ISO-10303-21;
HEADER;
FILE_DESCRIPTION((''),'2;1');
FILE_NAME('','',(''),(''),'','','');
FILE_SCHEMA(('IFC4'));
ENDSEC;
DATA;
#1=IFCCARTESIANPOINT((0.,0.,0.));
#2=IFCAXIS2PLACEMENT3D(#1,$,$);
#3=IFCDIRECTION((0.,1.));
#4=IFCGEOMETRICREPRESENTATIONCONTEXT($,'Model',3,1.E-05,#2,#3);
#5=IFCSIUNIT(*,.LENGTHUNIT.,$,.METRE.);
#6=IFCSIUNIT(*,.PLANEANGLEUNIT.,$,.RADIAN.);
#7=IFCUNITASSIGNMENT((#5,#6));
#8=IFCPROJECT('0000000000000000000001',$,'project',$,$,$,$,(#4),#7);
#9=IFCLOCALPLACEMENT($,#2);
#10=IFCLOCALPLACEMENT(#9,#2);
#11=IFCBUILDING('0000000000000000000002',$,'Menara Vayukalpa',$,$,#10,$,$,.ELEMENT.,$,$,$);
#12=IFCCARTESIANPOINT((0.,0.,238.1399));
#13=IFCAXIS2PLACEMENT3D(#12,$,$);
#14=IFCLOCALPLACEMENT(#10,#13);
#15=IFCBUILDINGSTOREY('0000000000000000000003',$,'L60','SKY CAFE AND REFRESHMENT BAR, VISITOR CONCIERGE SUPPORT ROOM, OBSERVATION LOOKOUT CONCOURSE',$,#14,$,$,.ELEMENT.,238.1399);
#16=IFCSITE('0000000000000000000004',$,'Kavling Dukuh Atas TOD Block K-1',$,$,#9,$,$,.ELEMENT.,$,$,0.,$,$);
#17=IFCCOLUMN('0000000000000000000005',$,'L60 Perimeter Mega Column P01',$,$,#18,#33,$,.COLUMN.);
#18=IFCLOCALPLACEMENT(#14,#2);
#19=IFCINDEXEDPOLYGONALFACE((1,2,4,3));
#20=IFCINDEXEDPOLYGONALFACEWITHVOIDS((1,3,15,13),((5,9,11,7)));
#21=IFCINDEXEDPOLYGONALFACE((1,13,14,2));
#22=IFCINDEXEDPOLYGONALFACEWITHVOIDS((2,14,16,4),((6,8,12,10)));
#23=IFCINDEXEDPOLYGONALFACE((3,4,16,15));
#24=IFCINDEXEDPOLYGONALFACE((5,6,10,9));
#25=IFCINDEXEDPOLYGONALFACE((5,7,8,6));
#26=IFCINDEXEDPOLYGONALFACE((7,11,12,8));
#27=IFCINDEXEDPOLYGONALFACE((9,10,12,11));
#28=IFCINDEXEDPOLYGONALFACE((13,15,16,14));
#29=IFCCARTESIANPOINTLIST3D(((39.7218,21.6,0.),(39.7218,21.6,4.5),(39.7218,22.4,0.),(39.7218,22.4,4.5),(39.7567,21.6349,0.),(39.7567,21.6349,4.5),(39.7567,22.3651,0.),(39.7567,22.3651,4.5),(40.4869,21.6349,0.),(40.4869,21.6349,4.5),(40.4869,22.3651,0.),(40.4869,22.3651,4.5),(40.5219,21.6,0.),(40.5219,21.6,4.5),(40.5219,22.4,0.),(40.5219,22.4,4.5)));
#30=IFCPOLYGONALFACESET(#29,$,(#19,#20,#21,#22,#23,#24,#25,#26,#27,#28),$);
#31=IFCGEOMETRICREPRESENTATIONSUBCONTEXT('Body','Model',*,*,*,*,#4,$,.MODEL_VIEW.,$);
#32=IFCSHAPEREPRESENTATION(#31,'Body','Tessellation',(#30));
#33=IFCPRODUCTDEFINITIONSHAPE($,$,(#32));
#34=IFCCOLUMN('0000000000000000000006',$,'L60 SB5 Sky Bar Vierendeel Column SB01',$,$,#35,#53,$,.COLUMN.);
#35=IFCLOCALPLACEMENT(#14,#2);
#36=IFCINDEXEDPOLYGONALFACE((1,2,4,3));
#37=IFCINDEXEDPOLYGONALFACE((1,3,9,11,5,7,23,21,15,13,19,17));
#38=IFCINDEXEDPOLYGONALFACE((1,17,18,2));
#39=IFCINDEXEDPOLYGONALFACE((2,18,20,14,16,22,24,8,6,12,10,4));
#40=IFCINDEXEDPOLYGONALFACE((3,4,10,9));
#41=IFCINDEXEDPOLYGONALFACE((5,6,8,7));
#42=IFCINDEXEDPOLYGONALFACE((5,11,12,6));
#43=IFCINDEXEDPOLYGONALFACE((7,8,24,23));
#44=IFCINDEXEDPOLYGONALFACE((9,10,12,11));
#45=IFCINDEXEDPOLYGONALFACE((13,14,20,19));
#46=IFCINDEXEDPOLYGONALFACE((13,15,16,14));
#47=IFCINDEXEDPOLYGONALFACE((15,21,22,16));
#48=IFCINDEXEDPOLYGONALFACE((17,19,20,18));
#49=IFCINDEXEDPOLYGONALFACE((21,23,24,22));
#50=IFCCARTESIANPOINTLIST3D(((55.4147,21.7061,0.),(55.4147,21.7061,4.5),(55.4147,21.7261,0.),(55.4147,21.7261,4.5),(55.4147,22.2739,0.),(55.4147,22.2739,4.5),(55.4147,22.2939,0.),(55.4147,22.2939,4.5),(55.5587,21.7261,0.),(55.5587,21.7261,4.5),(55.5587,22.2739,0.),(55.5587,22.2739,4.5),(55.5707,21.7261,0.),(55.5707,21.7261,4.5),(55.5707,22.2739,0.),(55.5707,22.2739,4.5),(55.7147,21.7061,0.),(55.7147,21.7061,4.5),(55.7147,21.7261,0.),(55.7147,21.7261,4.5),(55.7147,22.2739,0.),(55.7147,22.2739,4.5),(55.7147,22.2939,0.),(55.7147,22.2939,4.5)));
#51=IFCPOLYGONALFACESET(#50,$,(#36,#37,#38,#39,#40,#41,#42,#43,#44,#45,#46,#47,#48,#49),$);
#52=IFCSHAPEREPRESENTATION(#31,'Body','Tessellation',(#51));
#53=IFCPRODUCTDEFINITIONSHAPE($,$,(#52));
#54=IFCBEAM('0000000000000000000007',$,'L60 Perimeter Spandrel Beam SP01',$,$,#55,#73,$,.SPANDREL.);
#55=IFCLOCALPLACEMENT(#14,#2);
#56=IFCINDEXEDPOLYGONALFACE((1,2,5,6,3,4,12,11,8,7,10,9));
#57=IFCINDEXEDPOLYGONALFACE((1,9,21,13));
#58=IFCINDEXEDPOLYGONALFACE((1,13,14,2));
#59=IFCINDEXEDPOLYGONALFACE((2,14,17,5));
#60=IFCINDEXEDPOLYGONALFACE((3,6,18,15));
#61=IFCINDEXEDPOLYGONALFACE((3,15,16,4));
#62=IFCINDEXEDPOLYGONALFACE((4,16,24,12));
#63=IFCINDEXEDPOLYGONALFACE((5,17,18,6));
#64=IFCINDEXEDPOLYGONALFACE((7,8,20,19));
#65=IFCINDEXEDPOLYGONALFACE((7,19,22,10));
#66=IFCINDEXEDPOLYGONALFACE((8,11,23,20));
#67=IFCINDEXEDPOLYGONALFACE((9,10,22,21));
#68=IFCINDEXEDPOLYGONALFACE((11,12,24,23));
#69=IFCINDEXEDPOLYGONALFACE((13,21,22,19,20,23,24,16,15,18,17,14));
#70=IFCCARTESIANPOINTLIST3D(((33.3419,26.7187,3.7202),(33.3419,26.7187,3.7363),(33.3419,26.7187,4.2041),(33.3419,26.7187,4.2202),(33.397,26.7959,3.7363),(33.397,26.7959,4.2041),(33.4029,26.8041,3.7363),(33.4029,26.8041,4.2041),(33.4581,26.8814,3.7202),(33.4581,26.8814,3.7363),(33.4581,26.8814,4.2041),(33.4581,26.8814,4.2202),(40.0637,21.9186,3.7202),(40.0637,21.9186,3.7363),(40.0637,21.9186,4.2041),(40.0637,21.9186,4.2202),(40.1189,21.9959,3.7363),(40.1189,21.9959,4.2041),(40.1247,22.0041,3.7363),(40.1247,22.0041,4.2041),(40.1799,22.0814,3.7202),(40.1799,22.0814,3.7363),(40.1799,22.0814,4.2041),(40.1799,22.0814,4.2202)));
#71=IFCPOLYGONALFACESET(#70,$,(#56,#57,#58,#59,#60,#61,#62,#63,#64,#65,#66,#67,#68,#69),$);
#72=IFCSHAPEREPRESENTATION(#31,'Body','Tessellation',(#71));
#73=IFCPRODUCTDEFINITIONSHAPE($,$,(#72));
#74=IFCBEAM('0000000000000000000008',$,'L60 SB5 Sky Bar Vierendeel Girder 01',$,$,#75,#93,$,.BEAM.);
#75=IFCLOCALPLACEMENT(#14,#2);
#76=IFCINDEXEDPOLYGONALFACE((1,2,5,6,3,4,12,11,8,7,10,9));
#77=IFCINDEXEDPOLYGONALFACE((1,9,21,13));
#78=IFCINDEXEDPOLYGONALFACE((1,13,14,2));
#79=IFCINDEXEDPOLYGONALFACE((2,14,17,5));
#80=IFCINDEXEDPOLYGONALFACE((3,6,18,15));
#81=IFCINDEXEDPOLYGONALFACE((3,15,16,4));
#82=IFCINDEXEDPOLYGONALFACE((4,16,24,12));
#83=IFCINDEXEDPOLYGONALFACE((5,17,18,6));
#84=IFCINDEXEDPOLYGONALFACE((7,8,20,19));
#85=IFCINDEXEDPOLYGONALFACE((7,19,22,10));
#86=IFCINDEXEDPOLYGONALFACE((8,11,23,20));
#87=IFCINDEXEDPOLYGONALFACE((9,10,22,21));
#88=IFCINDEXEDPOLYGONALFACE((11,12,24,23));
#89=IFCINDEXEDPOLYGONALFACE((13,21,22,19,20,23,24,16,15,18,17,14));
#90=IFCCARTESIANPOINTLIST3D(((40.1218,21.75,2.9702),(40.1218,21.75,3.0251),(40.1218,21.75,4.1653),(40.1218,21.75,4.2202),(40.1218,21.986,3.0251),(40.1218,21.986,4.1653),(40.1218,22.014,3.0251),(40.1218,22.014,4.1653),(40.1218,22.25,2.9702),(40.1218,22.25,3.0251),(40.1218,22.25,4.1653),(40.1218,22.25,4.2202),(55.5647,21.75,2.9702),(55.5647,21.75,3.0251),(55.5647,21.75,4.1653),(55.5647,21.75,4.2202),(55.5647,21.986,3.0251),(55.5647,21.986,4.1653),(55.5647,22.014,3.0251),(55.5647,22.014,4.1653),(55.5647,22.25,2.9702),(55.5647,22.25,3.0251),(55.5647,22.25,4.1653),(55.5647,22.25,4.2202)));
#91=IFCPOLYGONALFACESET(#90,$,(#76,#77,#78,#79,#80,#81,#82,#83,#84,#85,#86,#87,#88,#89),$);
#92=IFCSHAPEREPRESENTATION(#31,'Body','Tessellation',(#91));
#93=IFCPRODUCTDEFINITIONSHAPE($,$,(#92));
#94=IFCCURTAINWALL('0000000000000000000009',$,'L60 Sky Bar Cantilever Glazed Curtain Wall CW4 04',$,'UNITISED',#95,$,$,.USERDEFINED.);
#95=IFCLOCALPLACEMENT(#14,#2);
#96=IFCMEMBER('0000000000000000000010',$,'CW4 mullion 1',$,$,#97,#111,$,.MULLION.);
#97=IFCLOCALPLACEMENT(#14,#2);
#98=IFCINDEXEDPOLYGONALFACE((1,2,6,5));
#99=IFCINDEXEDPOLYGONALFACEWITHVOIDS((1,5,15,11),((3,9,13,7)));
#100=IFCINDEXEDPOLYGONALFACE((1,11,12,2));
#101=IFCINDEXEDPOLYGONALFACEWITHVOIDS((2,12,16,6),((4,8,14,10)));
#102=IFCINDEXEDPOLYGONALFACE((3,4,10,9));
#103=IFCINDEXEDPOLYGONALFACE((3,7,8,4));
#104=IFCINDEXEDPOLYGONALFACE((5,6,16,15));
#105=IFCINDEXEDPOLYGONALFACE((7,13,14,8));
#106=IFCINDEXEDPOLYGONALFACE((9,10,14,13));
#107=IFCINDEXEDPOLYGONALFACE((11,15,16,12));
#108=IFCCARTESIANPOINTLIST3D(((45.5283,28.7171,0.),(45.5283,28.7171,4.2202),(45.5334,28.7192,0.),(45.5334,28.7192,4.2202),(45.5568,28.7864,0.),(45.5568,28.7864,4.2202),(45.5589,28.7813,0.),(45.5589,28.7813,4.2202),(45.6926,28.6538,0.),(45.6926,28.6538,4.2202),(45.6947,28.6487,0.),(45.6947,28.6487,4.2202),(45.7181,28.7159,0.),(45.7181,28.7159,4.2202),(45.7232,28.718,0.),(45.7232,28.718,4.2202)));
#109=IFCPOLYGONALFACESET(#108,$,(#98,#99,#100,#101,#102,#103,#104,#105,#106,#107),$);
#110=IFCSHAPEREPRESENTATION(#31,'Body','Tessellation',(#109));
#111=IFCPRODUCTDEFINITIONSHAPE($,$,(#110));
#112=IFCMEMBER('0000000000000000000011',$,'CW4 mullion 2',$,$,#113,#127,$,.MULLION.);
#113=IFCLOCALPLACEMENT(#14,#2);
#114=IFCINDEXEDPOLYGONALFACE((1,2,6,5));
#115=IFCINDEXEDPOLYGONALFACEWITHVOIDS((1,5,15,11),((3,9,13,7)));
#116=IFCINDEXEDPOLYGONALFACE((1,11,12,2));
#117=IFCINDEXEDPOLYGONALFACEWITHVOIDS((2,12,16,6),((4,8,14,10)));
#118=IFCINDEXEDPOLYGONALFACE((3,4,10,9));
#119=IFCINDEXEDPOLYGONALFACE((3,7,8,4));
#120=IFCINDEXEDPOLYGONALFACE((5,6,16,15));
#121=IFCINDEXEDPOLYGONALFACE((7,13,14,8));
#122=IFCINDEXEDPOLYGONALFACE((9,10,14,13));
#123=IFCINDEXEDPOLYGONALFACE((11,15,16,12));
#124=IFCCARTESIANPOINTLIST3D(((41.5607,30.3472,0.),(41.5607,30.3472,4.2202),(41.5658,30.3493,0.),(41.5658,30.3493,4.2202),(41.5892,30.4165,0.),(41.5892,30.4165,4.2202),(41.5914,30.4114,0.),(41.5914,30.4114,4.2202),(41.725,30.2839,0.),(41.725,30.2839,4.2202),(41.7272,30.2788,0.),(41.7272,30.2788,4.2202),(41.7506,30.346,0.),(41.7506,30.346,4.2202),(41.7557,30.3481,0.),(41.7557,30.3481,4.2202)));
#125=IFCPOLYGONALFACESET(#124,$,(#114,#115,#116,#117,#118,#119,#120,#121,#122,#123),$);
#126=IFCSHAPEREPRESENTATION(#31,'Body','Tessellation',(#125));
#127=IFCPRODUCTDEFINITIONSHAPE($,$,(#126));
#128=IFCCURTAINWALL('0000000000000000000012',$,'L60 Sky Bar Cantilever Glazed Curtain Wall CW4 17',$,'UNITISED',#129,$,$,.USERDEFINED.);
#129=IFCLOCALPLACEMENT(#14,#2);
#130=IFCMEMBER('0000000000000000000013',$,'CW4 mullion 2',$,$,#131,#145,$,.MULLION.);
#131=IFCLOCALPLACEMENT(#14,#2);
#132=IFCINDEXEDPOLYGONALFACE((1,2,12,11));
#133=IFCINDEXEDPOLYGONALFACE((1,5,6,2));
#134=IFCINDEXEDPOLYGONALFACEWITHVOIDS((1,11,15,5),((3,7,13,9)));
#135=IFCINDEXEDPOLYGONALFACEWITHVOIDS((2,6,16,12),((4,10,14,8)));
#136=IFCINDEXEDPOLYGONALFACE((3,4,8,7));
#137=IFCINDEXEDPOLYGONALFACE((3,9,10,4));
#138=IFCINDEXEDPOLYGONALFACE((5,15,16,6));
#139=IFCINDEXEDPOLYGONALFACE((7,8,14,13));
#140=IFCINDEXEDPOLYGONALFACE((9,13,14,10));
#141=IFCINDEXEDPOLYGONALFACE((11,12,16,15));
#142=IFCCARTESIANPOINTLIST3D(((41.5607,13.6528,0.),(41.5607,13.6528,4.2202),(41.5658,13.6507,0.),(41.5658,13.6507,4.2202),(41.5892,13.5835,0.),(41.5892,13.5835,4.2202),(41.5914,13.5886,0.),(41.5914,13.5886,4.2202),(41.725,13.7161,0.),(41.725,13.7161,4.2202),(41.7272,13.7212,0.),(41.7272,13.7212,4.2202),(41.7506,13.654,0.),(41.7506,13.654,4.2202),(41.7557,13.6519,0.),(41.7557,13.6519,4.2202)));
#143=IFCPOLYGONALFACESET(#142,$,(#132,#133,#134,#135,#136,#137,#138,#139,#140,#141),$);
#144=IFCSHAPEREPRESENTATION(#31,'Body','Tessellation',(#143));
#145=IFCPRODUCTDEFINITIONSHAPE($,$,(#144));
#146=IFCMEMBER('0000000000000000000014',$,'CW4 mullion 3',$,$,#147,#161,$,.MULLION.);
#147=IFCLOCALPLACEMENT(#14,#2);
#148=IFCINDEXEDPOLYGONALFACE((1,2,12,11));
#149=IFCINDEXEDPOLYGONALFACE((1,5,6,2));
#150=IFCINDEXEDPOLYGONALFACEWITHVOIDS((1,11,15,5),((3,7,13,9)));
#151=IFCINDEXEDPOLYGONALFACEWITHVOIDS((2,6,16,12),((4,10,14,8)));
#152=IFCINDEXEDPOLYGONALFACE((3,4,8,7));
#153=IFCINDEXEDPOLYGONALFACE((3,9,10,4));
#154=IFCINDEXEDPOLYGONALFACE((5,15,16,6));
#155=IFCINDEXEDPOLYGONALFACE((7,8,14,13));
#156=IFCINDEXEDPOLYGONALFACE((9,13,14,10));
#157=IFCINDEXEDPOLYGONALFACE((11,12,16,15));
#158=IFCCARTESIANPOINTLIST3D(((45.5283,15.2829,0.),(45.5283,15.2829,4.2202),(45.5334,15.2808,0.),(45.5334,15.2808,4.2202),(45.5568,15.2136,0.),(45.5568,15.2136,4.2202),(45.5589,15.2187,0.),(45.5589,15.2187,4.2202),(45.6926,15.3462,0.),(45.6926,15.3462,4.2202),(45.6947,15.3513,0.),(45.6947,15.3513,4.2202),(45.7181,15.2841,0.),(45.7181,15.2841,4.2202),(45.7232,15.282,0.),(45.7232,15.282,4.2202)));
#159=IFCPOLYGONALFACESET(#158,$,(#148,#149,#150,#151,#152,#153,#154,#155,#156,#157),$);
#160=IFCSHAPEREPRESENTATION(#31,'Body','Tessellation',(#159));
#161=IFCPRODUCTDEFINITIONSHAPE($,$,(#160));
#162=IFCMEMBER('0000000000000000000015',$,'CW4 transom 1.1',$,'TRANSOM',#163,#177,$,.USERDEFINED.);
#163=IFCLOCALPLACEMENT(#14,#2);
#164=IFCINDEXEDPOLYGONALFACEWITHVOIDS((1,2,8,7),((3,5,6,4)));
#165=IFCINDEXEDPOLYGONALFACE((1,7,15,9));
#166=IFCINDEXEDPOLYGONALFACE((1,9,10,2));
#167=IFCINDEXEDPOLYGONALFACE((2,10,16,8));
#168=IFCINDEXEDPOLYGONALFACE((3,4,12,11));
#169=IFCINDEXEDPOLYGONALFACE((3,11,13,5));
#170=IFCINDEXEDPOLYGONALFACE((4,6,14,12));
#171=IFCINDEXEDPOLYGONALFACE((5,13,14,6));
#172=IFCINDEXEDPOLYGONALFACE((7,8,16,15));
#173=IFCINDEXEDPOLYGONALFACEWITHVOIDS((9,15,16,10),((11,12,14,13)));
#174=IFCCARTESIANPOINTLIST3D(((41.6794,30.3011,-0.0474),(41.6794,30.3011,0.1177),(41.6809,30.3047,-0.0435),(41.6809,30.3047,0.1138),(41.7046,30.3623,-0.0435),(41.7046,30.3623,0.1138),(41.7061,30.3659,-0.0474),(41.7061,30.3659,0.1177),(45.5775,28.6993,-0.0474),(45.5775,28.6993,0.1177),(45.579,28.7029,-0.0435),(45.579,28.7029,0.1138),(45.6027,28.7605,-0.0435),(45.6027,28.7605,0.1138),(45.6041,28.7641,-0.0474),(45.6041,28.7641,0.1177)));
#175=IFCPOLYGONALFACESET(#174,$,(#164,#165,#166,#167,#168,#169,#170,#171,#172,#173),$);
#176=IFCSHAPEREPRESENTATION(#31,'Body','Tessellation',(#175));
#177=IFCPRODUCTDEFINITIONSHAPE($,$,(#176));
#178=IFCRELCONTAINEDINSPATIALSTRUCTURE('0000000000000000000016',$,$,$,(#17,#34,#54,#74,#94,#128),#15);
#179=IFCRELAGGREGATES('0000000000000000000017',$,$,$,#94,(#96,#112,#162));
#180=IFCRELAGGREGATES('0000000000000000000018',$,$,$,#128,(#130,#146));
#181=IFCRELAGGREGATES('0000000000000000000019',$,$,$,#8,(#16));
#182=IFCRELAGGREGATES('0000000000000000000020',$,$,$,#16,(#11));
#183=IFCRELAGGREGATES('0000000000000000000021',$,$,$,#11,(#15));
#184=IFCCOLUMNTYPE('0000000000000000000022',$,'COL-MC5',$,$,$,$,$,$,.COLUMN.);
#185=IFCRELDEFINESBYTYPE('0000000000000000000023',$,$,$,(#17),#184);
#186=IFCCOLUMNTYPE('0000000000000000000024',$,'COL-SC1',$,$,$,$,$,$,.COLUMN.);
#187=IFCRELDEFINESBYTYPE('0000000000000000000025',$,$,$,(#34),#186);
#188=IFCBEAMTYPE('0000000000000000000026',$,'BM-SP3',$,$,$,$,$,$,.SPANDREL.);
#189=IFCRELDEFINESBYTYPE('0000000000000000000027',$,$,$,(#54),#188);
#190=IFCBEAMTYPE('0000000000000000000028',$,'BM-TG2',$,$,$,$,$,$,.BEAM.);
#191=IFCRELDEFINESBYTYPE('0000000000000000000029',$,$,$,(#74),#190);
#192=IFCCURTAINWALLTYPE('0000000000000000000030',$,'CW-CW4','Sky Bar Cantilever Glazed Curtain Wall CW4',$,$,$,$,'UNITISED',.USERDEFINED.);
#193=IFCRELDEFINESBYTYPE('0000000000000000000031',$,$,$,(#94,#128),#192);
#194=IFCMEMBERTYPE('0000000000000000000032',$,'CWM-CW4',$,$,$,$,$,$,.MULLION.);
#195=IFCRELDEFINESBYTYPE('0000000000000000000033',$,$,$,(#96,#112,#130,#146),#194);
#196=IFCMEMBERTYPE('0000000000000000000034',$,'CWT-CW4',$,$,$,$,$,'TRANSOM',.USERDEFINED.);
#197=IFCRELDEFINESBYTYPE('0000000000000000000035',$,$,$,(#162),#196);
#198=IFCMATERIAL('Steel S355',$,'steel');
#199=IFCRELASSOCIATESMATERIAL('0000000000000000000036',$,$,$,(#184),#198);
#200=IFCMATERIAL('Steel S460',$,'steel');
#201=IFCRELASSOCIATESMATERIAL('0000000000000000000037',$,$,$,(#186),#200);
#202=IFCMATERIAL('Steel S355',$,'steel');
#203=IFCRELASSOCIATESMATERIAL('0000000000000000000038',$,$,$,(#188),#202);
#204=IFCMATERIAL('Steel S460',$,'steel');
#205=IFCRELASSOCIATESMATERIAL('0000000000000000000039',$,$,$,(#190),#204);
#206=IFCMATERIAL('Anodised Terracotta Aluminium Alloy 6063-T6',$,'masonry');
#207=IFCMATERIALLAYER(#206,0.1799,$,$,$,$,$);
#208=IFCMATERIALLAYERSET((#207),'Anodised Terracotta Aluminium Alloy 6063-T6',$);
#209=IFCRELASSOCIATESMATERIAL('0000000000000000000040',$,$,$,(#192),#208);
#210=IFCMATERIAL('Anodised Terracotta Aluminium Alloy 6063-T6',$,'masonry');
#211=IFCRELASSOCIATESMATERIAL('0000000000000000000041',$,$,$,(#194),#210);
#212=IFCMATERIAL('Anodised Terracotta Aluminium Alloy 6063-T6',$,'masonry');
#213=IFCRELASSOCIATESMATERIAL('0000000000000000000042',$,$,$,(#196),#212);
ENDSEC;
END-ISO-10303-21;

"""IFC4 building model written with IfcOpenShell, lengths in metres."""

from ifc_helpers import new_model, si_unit, direction, frame, origin, origin_2d, place, context, subcontext, project, spatial, hollow_rectangle, i_section, extrude, material, layer, layer_set, material_profile, profile_set, type_object, element, aggregate, save


model = new_model("IFC4")

# Units and contexts
model_context = context("Model", 3, precision=1e-05, world=origin(), true_north=direction((0.0, 1.0)))
body_context = subcontext(model_context, "Body", "Model", "MODEL_VIEW")
ifc_project = project(units=[si_unit("LENGTHUNIT", "METRE"), si_unit("PLANEANGLEUNIT", "RADIAN")], contexts=[model_context])

# Site, building, storey
site_placement = place(None, origin())
site = spatial("IfcSite", under=ifc_project, at=site_placement, Name="Kavling Dukuh Atas TOD Block K-1", CompositionType="ELEMENT", RefElevation=0.0)
building_placement = place(site_placement, origin())
building = spatial("IfcBuilding", under=site, at=building_placement, Name="Menara Vayukalpa", CompositionType="ELEMENT")
storey_placement = place(building_placement, frame((0.0, 0.0, 238.1399)))
storey = spatial("IfcBuildingStorey", under=building, at=storey_placement, Name="L60", Description="SKY CAFE AND REFRESHMENT BAR, VISITOR CONCIERGE SUPPORT ROOM, OBSERVATION LOOKOUT CONCOURSE", CompositionType="ELEMENT", Elevation=238.1399)

# Columns
ifc_material_1 = material(Name="Steel S355", Category="steel")
ifc_material_profile_1 = material_profile(ifc_material_1, hollow_rectangle(XDim=0.8, YDim=0.8, WallThickness=0.0349, at=origin_2d()), Name="BOX 800x800x35")
ifc_profile_set_1 = profile_set([ifc_material_profile_1], Name="Steel S355")
column_type_1 = type_object("IfcColumnType", Name="COL-MC5", PredefinedType="COLUMN", material=ifc_profile_set_1)
column_1_placement = place(storey_placement, frame((40.1218, 22.0, 0.0), z_axis=(0.0, 0.0, 1.0), x_axis=(1.0, 0.0, 0.0)))
element("IfcColumn", 1, at=column_1_placement, inside=storey, type_object=column_type_1, Name="L60 Perimeter Mega Column P01", PredefinedType="COLUMN", context=body_context, shape_type="SweptSolid", body=[
    extrude(hollow_rectangle(XDim=0.8, YDim=0.8, WallThickness=0.0349, at=origin_2d()), origin(), (0.0, 0.0, 1.0), 4.5),
])
ifc_material_2 = material(Name="Steel S460", Category="steel")
ifc_material_profile_2 = material_profile(ifc_material_2, i_section(OverallWidth=0.3, OverallDepth=0.5879, WebThickness=0.012, FlangeThickness=0.02, at=origin_2d()), Name="H 588x300x12x20")
ifc_profile_set_2 = profile_set([ifc_material_profile_2], Name="Steel S460")
column_type_2 = type_object("IfcColumnType", Name="COL-SC1", PredefinedType="COLUMN", material=ifc_profile_set_2)
column_2_placement = place(storey_placement, frame((55.5647, 22.0, 0.0), z_axis=(0.0, 0.0, 1.0), x_axis=(1.0, 0.0, 0.0)))
element("IfcColumn", 2, at=column_2_placement, inside=storey, type_object=column_type_2, Name="L60 SB5 Sky Bar Vierendeel Column SB01", PredefinedType="COLUMN", context=body_context, shape_type="SweptSolid", body=[
    extrude(i_section(OverallWidth=0.3, OverallDepth=0.5879, WebThickness=0.012, FlangeThickness=0.02, at=origin_2d()), origin(), (0.0, 0.0, 1.0), 4.5),
])

# Beams
ifc_material_3 = material(Name="Steel S355", Category="steel")
ifc_material_profile_3 = material_profile(ifc_material_3, i_section(OverallWidth=0.2, OverallDepth=0.5, WebThickness=0.01, FlangeThickness=0.0161, at=origin_2d()), Name="WF 500x200x10x16")
ifc_profile_set_3 = profile_set([ifc_material_profile_3], Name="Steel S355")
beam_type_1 = type_object("IfcBeamType", Name="BM-SP3", PredefinedType="SPANDREL", material=ifc_profile_set_3)
beam_1_placement = place(storey_placement, frame((40.1218, 22.0, 3.9702), z_axis=(-0.813809, 0.581132, 0.0), x_axis=(-0.581132, -0.813809, 0.0)))
element("IfcBeam", 3, at=beam_1_placement, inside=storey, type_object=beam_type_1, Name="L60 Perimeter Spandrel Beam SP01", PredefinedType="SPANDREL", context=body_context, shape_type="SweptSolid", body=[
    extrude(i_section(OverallWidth=0.2, OverallDepth=0.5, WebThickness=0.01, FlangeThickness=0.0161, at=origin_2d()), origin(), (0.0, 0.0, 1.0), 8.2598),
])
ifc_material_4 = material(Name="Steel S460", Category="steel")
ifc_material_profile_4 = material_profile(ifc_material_4, i_section(OverallWidth=0.5, OverallDepth=1.25, WebThickness=0.0281, FlangeThickness=0.0549, at=origin_2d()), Name="WG 1250x500x28x55")
ifc_profile_set_4 = profile_set([ifc_material_profile_4], Name="Steel S460")
beam_type_2 = type_object("IfcBeamType", Name="BM-TG2", PredefinedType="BEAM", material=ifc_profile_set_4)
beam_2_placement = place(storey_placement, frame((40.1218, 22.0, 3.5952), z_axis=(1.0, 0.0, 0.0), x_axis=(0.0, 1.0, 0.0)))
element("IfcBeam", 4, at=beam_2_placement, inside=storey, type_object=beam_type_2, Name="L60 SB5 Sky Bar Vierendeel Girder 01", PredefinedType="BEAM", context=body_context, shape_type="SweptSolid", body=[
    extrude(i_section(OverallWidth=0.5, OverallDepth=1.25, WebThickness=0.0281, FlangeThickness=0.0549, at=origin_2d()), origin(), (0.0, 0.0, 1.0), 15.4429),
])

# Curtain walls, members
ifc_material_5 = material(Name="Anodised Terracotta Aluminium Alloy 6063-T6", Category="masonry")
ifc_layer_1 = layer(ifc_material_5, 0.1799)
ifc_layer_set_1 = layer_set([ifc_layer_1], Name="Anodised Terracotta Aluminium Alloy 6063-T6")
curtain_wall_type = type_object("IfcCurtainWallType", Name="CW-CW4", Description="Sky Bar Cantilever Glazed Curtain Wall CW4", ElementType="UNITISED", PredefinedType="USERDEFINED", material=ifc_layer_set_1)
curtain_wall_1_placement = place(storey_placement, origin())
curtain_wall_1 = element("IfcCurtainWall", 5, at=curtain_wall_1_placement, inside=storey, type_object=curtain_wall_type, Name="L60 Sky Bar Cantilever Glazed Curtain Wall CW4 04", ObjectType="UNITISED", PredefinedType="USERDEFINED")
ifc_material_6 = material(Name="Anodised Terracotta Aluminium Alloy 6063-T6", Category="masonry")
ifc_material_profile_5 = material_profile(ifc_material_6, hollow_rectangle(XDim=0.075, YDim=0.1799, WallThickness=0.0039, at=origin_2d()), Name="ALU 75x180x4")
ifc_profile_set_5 = profile_set([ifc_material_profile_5], Name="Anodised Terracotta Aluminium Alloy 6063-T6")
member_type_1 = type_object("IfcMemberType", Name="CWM-CW4", PredefinedType="MULLION", material=ifc_profile_set_5)
member_1_placement = place(storey_placement, frame((45.6257, 28.7175, 0.0), z_axis=(0.0, 0.0, 1.0), x_axis=(-0.380039, -0.92497, 0.0)))
member_1 = element("IfcMember", 6, at=member_1_placement, type_object=member_type_1, Name="CW4 mullion 1", PredefinedType="MULLION", context=body_context, shape_type="SweptSolid", body=[
    extrude(hollow_rectangle(XDim=0.075, YDim=0.1799, WallThickness=0.0039, at=origin_2d()), origin(), (0.0, 0.0, 1.0), 4.2202),
])
member_2_placement = place(storey_placement, frame((41.6582, 30.3477, 0.0), z_axis=(0.0, 0.0, 1.0), x_axis=(-0.380039, -0.92497, 0.0)))
member_2 = element("IfcMember", 7, at=member_2_placement, type_object=member_type_1, Name="CW4 mullion 2", PredefinedType="MULLION", context=body_context, shape_type="SweptSolid", body=[
    extrude(hollow_rectangle(XDim=0.075, YDim=0.1799, WallThickness=0.0039, at=origin_2d()), origin(), (0.0, 0.0, 1.0), 4.2202),
])
curtain_wall_2_placement = place(storey_placement, origin())
curtain_wall_2 = element("IfcCurtainWall", 8, at=curtain_wall_2_placement, inside=storey, type_object=curtain_wall_type, Name="L60 Sky Bar Cantilever Glazed Curtain Wall CW4 17", ObjectType="UNITISED", PredefinedType="USERDEFINED")
member_3_placement = place(storey_placement, frame((41.6582, 13.6523, 0.0), z_axis=(0.0, 0.0, 1.0), x_axis=(-0.380039, 0.92497, 0.0)))
member_3 = element("IfcMember", 9, at=member_3_placement, type_object=member_type_1, Name="CW4 mullion 2", PredefinedType="MULLION", context=body_context, shape_type="SweptSolid", body=[
    extrude(hollow_rectangle(XDim=0.075, YDim=0.1799, WallThickness=0.0039, at=origin_2d()), origin(), (0.0, 0.0, 1.0), 4.2202),
])
member_4_placement = place(storey_placement, frame((45.6257, 15.2825, 0.0), z_axis=(0.0, 0.0, 1.0), x_axis=(-0.380039, 0.92497, 0.0)))
member_4 = element("IfcMember", 10, at=member_4_placement, type_object=member_type_1, Name="CW4 mullion 3", PredefinedType="MULLION", context=body_context, shape_type="SweptSolid", body=[
    extrude(hollow_rectangle(XDim=0.075, YDim=0.1799, WallThickness=0.0039, at=origin_2d()), origin(), (0.0, 0.0, 1.0), 4.2202),
])

# Member
ifc_material_7 = material(Name="Anodised Terracotta Aluminium Alloy 6063-T6", Category="masonry")
ifc_material_profile_6 = material_profile(ifc_material_7, hollow_rectangle(XDim=0.0701, YDim=0.165, WallThickness=0.0039, at=origin_2d()), Name="ALU 70x165x4")
ifc_profile_set_6 = profile_set([ifc_material_profile_6], Name="Anodised Terracotta Aluminium Alloy 6063-T6")
member_type_2 = type_object("IfcMemberType", Name="CWT-CW4", ElementType="TRANSOM", PredefinedType="USERDEFINED", material=ifc_profile_set_6)
member_5_placement = place(storey_placement, frame((45.5908, 28.7317, 0.0352), z_axis=(-0.924948, 0.380094, 0.0), x_axis=(-0.380094, -0.924948, 0.0)))
member_5 = element("IfcMember", 11, at=member_5_placement, type_object=member_type_2, Name="CW4 transom 1.1", ObjectType="TRANSOM", PredefinedType="USERDEFINED", context=body_context, shape_type="SweptSolid", body=[
    extrude(hollow_rectangle(XDim=0.0701, YDim=0.165, WallThickness=0.0039, at=origin_2d()), origin(), (0.0, 0.0, 1.0), 4.2144),
])

aggregate(curtain_wall_1, [member_1, member_2, member_5])
aggregate(curtain_wall_2, [member_3, member_4])

save(model, "model.ifc")
